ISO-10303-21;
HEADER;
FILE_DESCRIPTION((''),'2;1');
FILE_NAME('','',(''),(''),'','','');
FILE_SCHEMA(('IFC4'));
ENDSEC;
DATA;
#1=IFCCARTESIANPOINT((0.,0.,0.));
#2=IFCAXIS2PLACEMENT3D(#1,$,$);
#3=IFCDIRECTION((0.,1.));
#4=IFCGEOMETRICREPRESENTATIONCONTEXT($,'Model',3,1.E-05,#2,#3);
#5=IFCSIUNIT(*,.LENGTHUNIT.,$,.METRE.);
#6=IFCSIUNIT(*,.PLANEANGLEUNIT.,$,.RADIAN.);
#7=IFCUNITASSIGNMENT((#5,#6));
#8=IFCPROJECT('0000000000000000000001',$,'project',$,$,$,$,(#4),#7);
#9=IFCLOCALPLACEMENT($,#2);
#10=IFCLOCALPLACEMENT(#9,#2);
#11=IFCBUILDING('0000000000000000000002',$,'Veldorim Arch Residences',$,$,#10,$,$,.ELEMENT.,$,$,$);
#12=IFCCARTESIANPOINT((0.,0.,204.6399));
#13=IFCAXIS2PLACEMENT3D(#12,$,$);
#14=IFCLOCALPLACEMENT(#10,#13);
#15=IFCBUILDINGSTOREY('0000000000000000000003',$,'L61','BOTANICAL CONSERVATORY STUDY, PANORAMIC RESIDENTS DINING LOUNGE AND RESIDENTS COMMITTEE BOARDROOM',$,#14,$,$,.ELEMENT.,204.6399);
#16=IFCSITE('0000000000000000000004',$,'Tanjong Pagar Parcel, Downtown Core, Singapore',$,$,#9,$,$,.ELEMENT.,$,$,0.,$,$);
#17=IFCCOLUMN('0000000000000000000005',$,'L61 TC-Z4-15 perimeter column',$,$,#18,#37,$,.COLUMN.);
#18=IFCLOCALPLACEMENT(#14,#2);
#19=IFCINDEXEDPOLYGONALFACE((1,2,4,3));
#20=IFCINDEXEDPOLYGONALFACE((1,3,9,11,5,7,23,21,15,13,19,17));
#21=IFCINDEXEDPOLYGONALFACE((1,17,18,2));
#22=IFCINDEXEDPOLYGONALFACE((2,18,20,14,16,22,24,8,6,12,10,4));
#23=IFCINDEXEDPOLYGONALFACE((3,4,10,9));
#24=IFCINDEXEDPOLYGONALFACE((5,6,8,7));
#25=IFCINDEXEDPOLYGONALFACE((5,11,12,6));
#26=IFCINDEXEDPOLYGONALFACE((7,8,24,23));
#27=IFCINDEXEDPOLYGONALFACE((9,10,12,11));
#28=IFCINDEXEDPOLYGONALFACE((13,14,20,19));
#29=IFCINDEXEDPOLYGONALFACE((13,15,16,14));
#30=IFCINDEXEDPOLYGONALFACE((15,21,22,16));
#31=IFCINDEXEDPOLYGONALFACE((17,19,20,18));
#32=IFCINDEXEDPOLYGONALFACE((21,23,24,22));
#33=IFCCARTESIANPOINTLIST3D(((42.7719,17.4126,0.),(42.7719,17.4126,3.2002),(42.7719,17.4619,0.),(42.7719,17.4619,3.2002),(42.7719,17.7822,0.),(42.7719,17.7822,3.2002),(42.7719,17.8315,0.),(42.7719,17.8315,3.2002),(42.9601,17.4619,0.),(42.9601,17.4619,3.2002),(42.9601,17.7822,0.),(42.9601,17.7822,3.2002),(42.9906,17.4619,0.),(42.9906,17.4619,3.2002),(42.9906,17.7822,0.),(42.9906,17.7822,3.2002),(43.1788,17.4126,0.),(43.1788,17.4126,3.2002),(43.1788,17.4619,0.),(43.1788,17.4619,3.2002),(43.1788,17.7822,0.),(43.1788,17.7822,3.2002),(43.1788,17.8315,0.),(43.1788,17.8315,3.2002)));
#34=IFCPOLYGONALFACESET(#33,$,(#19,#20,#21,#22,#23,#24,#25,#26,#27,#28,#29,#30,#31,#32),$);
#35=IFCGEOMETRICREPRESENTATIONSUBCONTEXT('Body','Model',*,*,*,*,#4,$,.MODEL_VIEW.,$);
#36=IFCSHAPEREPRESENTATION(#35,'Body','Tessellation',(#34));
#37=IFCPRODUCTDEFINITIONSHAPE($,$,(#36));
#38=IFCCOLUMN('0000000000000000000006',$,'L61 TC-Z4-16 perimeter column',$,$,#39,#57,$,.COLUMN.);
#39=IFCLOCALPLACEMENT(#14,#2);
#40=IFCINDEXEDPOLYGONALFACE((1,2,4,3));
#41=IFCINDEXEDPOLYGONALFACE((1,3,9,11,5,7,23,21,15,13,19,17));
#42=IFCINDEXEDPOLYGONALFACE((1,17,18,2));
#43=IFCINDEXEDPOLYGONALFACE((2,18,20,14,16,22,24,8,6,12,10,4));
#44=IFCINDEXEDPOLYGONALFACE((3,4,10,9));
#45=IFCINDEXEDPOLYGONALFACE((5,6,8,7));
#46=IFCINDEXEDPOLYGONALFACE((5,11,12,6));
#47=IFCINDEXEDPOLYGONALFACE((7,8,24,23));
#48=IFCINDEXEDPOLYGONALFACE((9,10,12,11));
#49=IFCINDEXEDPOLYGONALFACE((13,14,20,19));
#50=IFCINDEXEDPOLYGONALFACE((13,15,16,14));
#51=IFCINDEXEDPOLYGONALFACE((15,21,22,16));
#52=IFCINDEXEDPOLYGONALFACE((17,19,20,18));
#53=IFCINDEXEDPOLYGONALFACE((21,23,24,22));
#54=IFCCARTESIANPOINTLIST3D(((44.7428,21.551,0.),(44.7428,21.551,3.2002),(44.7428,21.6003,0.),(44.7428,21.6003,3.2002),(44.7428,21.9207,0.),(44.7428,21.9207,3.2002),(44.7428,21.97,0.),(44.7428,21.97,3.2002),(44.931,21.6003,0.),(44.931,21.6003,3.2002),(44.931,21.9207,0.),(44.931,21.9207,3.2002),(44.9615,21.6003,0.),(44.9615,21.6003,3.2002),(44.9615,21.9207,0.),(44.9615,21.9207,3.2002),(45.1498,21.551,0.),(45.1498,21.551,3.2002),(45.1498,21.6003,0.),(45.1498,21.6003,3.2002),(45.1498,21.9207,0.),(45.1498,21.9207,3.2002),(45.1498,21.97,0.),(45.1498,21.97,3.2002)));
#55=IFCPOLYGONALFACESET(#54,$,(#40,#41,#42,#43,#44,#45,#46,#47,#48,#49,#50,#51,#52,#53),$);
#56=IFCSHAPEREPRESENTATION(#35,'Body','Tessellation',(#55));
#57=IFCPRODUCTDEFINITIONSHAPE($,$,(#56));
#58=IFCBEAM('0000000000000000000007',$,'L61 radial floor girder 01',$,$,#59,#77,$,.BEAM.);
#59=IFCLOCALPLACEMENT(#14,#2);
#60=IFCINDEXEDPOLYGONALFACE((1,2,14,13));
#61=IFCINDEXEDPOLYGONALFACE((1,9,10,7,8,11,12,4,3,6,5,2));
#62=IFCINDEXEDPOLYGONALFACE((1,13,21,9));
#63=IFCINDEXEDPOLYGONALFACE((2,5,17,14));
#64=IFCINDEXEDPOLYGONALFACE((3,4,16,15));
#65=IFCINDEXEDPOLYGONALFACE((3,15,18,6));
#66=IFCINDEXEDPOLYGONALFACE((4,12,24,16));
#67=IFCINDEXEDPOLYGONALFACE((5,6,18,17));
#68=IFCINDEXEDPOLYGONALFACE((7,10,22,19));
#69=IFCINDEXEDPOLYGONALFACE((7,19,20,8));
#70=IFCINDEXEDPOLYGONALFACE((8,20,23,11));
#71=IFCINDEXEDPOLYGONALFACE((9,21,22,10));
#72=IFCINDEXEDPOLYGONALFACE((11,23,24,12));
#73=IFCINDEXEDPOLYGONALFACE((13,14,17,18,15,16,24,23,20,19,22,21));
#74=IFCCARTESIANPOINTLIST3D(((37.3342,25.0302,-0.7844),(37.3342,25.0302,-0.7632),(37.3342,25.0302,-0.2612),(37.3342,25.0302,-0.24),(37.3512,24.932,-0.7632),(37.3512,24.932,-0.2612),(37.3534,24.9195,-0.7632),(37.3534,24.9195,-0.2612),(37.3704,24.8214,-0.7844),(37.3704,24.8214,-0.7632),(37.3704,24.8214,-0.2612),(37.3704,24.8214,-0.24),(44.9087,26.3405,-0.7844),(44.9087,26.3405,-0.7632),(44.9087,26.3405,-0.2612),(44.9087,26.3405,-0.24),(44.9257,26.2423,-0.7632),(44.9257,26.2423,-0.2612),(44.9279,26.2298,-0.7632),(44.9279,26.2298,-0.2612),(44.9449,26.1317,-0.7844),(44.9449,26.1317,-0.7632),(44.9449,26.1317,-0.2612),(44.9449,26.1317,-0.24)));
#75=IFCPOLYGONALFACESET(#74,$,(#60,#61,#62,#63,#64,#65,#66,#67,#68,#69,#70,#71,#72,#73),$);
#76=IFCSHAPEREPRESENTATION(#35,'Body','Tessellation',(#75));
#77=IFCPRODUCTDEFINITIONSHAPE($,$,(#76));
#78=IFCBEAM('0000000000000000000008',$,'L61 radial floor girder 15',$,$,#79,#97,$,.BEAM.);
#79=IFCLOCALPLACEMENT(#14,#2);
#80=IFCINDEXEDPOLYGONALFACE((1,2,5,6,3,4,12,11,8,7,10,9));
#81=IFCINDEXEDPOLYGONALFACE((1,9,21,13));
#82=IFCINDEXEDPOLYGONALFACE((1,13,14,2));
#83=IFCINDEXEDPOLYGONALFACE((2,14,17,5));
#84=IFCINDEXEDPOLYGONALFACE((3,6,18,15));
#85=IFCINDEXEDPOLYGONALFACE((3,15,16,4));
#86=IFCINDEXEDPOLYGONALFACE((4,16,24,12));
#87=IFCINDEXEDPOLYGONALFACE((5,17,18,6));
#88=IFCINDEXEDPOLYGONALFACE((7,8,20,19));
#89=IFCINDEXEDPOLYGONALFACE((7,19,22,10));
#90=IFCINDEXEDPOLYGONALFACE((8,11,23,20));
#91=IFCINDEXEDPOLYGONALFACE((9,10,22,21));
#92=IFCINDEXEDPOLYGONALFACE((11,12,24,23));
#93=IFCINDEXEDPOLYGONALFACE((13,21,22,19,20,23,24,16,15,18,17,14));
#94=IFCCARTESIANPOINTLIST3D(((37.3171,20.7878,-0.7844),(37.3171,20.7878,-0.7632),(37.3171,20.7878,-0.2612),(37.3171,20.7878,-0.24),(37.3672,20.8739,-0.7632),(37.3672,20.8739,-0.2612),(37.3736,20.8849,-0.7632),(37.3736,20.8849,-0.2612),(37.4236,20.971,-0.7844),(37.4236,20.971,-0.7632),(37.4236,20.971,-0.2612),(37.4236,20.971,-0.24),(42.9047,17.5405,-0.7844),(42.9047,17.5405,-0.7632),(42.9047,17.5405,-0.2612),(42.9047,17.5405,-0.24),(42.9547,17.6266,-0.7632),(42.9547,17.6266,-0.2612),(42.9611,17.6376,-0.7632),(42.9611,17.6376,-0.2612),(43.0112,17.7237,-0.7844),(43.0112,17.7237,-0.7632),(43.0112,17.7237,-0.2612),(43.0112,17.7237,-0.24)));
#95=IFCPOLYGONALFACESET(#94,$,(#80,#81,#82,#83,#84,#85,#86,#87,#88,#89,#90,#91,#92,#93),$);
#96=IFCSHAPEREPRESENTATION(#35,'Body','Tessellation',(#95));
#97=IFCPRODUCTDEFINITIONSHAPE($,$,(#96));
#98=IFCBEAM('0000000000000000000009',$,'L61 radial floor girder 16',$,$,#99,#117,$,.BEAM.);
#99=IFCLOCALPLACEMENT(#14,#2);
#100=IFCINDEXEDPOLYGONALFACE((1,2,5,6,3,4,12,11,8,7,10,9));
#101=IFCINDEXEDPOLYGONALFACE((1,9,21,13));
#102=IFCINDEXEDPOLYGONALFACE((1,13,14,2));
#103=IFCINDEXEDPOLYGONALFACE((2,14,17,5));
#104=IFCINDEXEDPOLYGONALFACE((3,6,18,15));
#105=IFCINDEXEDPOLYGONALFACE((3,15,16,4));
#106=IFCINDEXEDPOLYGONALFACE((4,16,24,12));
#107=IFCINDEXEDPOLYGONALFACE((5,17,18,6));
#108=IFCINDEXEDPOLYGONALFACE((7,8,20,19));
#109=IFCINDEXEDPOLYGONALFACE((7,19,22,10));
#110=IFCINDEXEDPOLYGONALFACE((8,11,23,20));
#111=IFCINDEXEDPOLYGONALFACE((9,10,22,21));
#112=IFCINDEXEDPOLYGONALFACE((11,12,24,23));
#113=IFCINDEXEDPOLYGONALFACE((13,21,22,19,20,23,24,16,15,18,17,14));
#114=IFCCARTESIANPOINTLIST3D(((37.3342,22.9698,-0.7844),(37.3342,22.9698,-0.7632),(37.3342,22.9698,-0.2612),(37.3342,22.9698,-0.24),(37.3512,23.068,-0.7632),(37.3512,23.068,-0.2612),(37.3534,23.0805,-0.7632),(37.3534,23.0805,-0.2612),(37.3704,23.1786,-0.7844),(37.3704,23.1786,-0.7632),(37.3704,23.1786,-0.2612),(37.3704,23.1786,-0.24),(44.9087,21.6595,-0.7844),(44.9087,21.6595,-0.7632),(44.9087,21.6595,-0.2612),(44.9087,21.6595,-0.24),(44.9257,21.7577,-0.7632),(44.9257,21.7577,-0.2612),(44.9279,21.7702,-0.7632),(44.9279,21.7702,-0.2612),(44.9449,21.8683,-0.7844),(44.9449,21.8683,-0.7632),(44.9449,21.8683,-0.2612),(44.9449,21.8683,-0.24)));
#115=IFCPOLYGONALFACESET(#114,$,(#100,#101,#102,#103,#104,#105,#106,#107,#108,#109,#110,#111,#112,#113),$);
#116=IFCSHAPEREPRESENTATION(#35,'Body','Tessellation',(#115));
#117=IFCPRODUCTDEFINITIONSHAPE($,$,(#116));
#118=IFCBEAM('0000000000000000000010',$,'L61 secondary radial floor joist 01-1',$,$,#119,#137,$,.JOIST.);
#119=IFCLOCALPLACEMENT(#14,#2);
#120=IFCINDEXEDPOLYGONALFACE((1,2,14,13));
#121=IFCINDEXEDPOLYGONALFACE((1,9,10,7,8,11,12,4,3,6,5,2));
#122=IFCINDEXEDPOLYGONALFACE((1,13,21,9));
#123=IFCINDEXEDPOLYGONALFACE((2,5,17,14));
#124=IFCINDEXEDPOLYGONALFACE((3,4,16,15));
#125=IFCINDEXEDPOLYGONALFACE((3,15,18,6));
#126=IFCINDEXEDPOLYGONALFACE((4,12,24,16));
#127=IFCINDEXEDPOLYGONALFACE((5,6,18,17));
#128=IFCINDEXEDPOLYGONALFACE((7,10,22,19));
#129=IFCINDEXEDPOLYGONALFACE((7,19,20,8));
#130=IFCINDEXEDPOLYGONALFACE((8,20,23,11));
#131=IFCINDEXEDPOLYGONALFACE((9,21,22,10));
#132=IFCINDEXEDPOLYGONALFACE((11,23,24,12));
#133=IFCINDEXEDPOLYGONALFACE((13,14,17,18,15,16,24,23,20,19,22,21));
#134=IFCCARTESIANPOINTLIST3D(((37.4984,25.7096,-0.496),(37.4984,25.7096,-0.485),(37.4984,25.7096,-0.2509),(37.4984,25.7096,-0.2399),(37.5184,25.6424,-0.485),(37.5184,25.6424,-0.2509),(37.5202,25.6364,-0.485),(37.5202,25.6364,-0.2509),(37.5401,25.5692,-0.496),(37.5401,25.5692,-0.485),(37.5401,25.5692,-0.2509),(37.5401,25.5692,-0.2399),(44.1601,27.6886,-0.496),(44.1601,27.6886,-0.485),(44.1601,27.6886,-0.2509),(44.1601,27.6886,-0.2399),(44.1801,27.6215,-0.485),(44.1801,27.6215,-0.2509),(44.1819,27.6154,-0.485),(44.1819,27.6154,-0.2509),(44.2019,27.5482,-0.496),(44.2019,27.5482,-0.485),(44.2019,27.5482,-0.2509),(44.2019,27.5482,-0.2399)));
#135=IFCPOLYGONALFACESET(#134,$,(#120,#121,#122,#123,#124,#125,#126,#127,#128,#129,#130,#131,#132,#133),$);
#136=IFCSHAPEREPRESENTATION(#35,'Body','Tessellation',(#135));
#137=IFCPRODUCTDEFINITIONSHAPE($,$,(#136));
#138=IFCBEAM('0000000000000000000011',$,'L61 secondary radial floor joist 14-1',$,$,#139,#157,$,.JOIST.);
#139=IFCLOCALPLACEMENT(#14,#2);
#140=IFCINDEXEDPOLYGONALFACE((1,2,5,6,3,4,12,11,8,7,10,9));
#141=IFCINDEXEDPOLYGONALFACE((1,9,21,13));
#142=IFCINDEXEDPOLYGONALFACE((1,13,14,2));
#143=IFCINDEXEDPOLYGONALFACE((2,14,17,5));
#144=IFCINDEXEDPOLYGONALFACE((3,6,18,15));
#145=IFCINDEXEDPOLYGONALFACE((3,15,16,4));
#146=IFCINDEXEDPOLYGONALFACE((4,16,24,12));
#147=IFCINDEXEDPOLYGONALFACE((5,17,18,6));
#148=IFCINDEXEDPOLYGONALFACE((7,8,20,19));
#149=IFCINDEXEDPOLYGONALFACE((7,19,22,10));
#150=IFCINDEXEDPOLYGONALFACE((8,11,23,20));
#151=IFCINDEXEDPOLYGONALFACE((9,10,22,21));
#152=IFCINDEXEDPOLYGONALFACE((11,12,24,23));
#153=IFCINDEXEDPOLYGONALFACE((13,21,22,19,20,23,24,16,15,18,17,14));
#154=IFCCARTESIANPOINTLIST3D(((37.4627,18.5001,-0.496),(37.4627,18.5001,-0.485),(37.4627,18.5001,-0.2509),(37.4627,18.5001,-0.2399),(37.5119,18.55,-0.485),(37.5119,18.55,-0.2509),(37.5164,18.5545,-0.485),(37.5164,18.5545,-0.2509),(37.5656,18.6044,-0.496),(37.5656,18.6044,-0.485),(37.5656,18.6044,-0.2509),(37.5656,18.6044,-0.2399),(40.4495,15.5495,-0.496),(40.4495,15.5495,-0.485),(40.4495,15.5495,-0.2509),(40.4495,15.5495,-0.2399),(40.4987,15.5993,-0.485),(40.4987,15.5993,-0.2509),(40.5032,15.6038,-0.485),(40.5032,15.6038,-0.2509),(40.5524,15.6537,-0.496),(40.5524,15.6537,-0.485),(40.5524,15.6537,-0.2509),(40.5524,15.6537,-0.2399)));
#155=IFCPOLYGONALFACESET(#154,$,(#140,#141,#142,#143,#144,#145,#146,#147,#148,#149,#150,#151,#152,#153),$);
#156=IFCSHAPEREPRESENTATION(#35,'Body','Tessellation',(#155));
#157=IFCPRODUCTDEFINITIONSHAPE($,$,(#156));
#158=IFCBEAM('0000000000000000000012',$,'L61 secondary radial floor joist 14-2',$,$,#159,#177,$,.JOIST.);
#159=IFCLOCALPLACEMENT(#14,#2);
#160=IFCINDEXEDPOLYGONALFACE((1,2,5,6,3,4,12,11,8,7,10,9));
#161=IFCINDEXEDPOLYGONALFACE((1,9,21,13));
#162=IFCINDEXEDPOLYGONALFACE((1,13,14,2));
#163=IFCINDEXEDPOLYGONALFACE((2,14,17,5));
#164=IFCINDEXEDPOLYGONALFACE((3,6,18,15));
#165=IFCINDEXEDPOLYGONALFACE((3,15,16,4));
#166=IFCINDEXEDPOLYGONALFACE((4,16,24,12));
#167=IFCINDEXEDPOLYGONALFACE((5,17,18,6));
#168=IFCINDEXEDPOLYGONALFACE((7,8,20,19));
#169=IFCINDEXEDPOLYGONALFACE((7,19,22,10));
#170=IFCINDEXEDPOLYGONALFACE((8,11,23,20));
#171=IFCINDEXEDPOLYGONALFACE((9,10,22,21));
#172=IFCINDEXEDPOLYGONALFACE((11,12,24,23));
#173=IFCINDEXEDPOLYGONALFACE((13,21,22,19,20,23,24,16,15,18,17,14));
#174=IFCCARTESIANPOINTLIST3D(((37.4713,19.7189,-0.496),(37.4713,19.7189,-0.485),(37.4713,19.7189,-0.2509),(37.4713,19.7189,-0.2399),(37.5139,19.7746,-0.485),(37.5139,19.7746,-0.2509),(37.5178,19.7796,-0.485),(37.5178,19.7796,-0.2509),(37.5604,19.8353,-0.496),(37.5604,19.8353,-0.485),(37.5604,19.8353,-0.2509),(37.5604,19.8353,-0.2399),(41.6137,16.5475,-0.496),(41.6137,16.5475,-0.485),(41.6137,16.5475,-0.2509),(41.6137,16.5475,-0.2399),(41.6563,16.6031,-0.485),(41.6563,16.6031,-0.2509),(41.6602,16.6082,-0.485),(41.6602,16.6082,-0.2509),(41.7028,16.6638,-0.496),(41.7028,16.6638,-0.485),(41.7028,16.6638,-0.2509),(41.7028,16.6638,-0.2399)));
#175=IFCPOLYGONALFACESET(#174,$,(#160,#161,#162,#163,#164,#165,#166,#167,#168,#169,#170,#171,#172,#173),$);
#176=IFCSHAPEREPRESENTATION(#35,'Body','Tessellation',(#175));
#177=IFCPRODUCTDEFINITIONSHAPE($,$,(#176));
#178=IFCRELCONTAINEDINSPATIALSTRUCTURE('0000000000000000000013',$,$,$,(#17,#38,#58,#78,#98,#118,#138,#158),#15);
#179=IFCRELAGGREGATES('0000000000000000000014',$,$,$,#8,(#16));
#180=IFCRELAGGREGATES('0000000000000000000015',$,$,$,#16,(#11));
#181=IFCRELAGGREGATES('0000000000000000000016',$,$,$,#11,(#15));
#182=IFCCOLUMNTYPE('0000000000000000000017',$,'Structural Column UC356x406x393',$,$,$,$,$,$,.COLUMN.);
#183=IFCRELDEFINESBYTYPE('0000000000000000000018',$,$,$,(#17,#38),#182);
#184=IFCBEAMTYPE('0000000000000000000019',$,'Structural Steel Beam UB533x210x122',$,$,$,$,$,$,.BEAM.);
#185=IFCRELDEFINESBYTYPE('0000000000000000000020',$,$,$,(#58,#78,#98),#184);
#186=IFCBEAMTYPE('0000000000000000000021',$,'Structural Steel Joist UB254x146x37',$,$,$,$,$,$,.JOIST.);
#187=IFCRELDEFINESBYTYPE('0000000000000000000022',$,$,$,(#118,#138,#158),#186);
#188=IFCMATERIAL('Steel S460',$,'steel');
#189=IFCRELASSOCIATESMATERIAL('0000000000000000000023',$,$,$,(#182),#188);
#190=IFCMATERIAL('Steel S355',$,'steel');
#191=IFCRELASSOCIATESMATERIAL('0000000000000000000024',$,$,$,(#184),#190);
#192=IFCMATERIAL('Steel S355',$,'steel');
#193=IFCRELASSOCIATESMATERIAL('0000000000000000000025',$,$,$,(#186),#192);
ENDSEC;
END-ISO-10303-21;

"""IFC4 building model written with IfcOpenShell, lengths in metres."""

from ifc_helpers import new_model, si_unit, direction, frame, origin, origin_2d, place, context, subcontext, project, spatial, i_section, extrude, material, material_profile, profile_set, type_object, element, save


model = new_model("IFC4")

# Units and contexts
model_context = context("Model", 3, precision=1e-05, world=origin(), true_north=direction((0.0, 1.0)))
body_context = subcontext(model_context, "Body", "Model", "MODEL_VIEW")
ifc_project = project(units=[si_unit("LENGTHUNIT", "METRE"), si_unit("PLANEANGLEUNIT", "RADIAN")], contexts=[model_context])

# Site, building, storey
site_placement = place(None, origin())
site = spatial("IfcSite", under=ifc_project, at=site_placement, Name="Tanjong Pagar Parcel, Downtown Core, Singapore", CompositionType="ELEMENT", RefElevation=0.0)
building_placement = place(site_placement, origin())
building = spatial("IfcBuilding", under=site, at=building_placement, Name="Veldorim Arch Residences", CompositionType="ELEMENT")
storey_placement = place(building_placement, frame((0.0, 0.0, 204.6399)))
storey = spatial("IfcBuildingStorey", under=building, at=storey_placement, Name="L61", Description="BOTANICAL CONSERVATORY STUDY, PANORAMIC RESIDENTS DINING LOUNGE AND RESIDENTS COMMITTEE BOARDROOM", CompositionType="ELEMENT", Elevation=204.6399)

# Columns
ifc_material_1 = material(Name="Steel S460", Category="steel")
ifc_material_profile_1 = material_profile(ifc_material_1, i_section(OverallWidth=0.407, OverallDepth=0.4189, WebThickness=0.0305, FlangeThickness=0.0493, at=origin_2d()), Name="UC356x406x393")
ifc_profile_set_1 = profile_set([ifc_material_profile_1], Name="Steel S460")
column_type = type_object("IfcColumnType", Name="Structural Column UC356x406x393", PredefinedType="COLUMN", material=ifc_profile_set_1)
for number, where, z_axis, x_axis, name in (
    (1, (42.9753, 17.6221, 0.0), (0.0, 0.0, 1.0), (1.0, 0.0, 0.0), "L61 TC-Z4-15 perimeter column"),
    (2, (44.9463, 21.7605, 0.0), (0.0, 0.0, 1.0), (1.0, 0.0, 0.0), "L61 TC-Z4-16 perimeter column"),
):
    element("IfcColumn", number, at=place(storey_placement, frame(where, z_axis=z_axis, x_axis=x_axis)), inside=storey, type_object=column_type, Name=name, PredefinedType="COLUMN", context=body_context, shape_type="SweptSolid", body=[
        extrude(i_section(OverallWidth=0.407, OverallDepth=0.4189, WebThickness=0.0305, FlangeThickness=0.0493, at=origin_2d()), origin(), (0.0, 0.0, 1.0), 3.2002),
    ])

# Beams
ifc_material_2 = material(Name="Steel S355", Category="steel")
ifc_material_profile_2 = material_profile(ifc_material_2, i_section(OverallWidth=0.2119, OverallDepth=0.5444, WebThickness=0.0127, FlangeThickness=0.0212, at=origin_2d()), Name="UB533x210x122")
ifc_profile_set_2 = profile_set([ifc_material_profile_2], Name="Steel S355")
beam_type_1 = type_object("IfcBeamType", Name="Structural Steel Beam UB533x210x122", PredefinedType="BEAM", material=ifc_profile_set_2)
beam_1_placement = place(storey_placement, frame((37.3523, 24.9258, -0.5122), z_axis=(0.985365, 0.170458, 0.0), x_axis=(-0.170458, 0.985365, 0.0)))
element("IfcBeam", 3, at=beam_1_placement, inside=storey, type_object=beam_type_1, Name="L61 radial floor girder 01", PredefinedType="BEAM", context=body_context, shape_type="SweptSolid", body=[
    extrude(i_section(OverallWidth=0.2119, OverallDepth=0.5444, WebThickness=0.0127, FlangeThickness=0.0212, at=origin_2d()), origin(), (0.0, 0.0, 1.0), 7.687),
])
beam_2_placement = place(storey_placement, frame((37.3704, 20.8794, -0.5122), z_axis=(0.864596, -0.502468, 0.0), x_axis=(0.502468, 0.864596, 0.0)))
element("IfcBeam", 4, at=beam_2_placement, inside=storey, type_object=beam_type_1, Name="L61 radial floor girder 15", PredefinedType="BEAM", context=body_context, shape_type="SweptSolid", body=[
    extrude(i_section(OverallWidth=0.2119, OverallDepth=0.5444, WebThickness=0.0127, FlangeThickness=0.0212, at=origin_2d()), origin(), (0.0, 0.0, 1.0), 6.4626),
])
beam_3_placement = place(storey_placement, frame((37.3523, 23.0742, -0.5122), z_axis=(0.985365, -0.170458, 0.0), x_axis=(0.170458, 0.985365, 0.0)))
element("IfcBeam", 5, at=beam_3_placement, inside=storey, type_object=beam_type_1, Name="L61 radial floor girder 16", PredefinedType="BEAM", context=body_context, shape_type="SweptSolid", body=[
    extrude(i_section(OverallWidth=0.2119, OverallDepth=0.5444, WebThickness=0.0127, FlangeThickness=0.0212, at=origin_2d()), origin(), (0.0, 0.0, 1.0), 7.687),
])
ifc_material_3 = material(Name="Steel S355", Category="steel")
ifc_material_profile_3 = material_profile(ifc_material_3, i_section(OverallWidth=0.1465, OverallDepth=0.2561, WebThickness=0.0063, FlangeThickness=0.011, at=origin_2d()), Name="UB254x146x37")
ifc_profile_set_3 = profile_set([ifc_material_profile_3], Name="Steel S355")
beam_type_2 = type_object("IfcBeamType", Name="Structural Steel Joist UB254x146x37", PredefinedType="JOIST", material=ifc_profile_set_3)
beam_4_placement = place(storey_placement, frame((37.5193, 25.6394, -0.3679), z_axis=(0.958594, 0.284775, 0.0), x_axis=(-0.284775, 0.958594, 0.0)))
element("IfcBeam", 6, at=beam_4_placement, inside=storey, type_object=beam_type_2, Name="L61 secondary radial floor joist 01-1", PredefinedType="JOIST", context=body_context, shape_type="SweptSolid", body=[
    extrude(i_section(OverallWidth=0.1465, OverallDepth=0.2561, WebThickness=0.0063, FlangeThickness=0.011, at=origin_2d()), origin(), (0.0, 0.0, 1.0), 6.9495),
])
beam_5_placement = place(storey_placement, frame((37.5142, 18.5522, -0.3679), z_axis=(0.711397, -0.702791, 0.0), x_axis=(0.702791, 0.711397, 0.0)))
element("IfcBeam", 7, at=beam_5_placement, inside=storey, type_object=beam_type_2, Name="L61 secondary radial floor joist 14-1", PredefinedType="JOIST", context=body_context, shape_type="SweptSolid", body=[
    extrude(i_section(OverallWidth=0.1465, OverallDepth=0.2561, WebThickness=0.0063, FlangeThickness=0.011, at=origin_2d()), origin(), (0.0, 0.0, 1.0), 4.1985),
])
beam_6_placement = place(storey_placement, frame((37.5159, 19.7771, -0.3679), z_axis=(0.794014, -0.6079, 0.0), x_axis=(0.6079, 0.794014, 0.0)))
element("IfcBeam", 8, at=beam_6_placement, inside=storey, type_object=beam_type_2, Name="L61 secondary radial floor joist 14-2", PredefinedType="JOIST", context=body_context, shape_type="SweptSolid", body=[
    extrude(i_section(OverallWidth=0.1465, OverallDepth=0.2561, WebThickness=0.0063, FlangeThickness=0.011, at=origin_2d()), origin(), (0.0, 0.0, 1.0), 5.217),
])

save(model, "model.ifc")
